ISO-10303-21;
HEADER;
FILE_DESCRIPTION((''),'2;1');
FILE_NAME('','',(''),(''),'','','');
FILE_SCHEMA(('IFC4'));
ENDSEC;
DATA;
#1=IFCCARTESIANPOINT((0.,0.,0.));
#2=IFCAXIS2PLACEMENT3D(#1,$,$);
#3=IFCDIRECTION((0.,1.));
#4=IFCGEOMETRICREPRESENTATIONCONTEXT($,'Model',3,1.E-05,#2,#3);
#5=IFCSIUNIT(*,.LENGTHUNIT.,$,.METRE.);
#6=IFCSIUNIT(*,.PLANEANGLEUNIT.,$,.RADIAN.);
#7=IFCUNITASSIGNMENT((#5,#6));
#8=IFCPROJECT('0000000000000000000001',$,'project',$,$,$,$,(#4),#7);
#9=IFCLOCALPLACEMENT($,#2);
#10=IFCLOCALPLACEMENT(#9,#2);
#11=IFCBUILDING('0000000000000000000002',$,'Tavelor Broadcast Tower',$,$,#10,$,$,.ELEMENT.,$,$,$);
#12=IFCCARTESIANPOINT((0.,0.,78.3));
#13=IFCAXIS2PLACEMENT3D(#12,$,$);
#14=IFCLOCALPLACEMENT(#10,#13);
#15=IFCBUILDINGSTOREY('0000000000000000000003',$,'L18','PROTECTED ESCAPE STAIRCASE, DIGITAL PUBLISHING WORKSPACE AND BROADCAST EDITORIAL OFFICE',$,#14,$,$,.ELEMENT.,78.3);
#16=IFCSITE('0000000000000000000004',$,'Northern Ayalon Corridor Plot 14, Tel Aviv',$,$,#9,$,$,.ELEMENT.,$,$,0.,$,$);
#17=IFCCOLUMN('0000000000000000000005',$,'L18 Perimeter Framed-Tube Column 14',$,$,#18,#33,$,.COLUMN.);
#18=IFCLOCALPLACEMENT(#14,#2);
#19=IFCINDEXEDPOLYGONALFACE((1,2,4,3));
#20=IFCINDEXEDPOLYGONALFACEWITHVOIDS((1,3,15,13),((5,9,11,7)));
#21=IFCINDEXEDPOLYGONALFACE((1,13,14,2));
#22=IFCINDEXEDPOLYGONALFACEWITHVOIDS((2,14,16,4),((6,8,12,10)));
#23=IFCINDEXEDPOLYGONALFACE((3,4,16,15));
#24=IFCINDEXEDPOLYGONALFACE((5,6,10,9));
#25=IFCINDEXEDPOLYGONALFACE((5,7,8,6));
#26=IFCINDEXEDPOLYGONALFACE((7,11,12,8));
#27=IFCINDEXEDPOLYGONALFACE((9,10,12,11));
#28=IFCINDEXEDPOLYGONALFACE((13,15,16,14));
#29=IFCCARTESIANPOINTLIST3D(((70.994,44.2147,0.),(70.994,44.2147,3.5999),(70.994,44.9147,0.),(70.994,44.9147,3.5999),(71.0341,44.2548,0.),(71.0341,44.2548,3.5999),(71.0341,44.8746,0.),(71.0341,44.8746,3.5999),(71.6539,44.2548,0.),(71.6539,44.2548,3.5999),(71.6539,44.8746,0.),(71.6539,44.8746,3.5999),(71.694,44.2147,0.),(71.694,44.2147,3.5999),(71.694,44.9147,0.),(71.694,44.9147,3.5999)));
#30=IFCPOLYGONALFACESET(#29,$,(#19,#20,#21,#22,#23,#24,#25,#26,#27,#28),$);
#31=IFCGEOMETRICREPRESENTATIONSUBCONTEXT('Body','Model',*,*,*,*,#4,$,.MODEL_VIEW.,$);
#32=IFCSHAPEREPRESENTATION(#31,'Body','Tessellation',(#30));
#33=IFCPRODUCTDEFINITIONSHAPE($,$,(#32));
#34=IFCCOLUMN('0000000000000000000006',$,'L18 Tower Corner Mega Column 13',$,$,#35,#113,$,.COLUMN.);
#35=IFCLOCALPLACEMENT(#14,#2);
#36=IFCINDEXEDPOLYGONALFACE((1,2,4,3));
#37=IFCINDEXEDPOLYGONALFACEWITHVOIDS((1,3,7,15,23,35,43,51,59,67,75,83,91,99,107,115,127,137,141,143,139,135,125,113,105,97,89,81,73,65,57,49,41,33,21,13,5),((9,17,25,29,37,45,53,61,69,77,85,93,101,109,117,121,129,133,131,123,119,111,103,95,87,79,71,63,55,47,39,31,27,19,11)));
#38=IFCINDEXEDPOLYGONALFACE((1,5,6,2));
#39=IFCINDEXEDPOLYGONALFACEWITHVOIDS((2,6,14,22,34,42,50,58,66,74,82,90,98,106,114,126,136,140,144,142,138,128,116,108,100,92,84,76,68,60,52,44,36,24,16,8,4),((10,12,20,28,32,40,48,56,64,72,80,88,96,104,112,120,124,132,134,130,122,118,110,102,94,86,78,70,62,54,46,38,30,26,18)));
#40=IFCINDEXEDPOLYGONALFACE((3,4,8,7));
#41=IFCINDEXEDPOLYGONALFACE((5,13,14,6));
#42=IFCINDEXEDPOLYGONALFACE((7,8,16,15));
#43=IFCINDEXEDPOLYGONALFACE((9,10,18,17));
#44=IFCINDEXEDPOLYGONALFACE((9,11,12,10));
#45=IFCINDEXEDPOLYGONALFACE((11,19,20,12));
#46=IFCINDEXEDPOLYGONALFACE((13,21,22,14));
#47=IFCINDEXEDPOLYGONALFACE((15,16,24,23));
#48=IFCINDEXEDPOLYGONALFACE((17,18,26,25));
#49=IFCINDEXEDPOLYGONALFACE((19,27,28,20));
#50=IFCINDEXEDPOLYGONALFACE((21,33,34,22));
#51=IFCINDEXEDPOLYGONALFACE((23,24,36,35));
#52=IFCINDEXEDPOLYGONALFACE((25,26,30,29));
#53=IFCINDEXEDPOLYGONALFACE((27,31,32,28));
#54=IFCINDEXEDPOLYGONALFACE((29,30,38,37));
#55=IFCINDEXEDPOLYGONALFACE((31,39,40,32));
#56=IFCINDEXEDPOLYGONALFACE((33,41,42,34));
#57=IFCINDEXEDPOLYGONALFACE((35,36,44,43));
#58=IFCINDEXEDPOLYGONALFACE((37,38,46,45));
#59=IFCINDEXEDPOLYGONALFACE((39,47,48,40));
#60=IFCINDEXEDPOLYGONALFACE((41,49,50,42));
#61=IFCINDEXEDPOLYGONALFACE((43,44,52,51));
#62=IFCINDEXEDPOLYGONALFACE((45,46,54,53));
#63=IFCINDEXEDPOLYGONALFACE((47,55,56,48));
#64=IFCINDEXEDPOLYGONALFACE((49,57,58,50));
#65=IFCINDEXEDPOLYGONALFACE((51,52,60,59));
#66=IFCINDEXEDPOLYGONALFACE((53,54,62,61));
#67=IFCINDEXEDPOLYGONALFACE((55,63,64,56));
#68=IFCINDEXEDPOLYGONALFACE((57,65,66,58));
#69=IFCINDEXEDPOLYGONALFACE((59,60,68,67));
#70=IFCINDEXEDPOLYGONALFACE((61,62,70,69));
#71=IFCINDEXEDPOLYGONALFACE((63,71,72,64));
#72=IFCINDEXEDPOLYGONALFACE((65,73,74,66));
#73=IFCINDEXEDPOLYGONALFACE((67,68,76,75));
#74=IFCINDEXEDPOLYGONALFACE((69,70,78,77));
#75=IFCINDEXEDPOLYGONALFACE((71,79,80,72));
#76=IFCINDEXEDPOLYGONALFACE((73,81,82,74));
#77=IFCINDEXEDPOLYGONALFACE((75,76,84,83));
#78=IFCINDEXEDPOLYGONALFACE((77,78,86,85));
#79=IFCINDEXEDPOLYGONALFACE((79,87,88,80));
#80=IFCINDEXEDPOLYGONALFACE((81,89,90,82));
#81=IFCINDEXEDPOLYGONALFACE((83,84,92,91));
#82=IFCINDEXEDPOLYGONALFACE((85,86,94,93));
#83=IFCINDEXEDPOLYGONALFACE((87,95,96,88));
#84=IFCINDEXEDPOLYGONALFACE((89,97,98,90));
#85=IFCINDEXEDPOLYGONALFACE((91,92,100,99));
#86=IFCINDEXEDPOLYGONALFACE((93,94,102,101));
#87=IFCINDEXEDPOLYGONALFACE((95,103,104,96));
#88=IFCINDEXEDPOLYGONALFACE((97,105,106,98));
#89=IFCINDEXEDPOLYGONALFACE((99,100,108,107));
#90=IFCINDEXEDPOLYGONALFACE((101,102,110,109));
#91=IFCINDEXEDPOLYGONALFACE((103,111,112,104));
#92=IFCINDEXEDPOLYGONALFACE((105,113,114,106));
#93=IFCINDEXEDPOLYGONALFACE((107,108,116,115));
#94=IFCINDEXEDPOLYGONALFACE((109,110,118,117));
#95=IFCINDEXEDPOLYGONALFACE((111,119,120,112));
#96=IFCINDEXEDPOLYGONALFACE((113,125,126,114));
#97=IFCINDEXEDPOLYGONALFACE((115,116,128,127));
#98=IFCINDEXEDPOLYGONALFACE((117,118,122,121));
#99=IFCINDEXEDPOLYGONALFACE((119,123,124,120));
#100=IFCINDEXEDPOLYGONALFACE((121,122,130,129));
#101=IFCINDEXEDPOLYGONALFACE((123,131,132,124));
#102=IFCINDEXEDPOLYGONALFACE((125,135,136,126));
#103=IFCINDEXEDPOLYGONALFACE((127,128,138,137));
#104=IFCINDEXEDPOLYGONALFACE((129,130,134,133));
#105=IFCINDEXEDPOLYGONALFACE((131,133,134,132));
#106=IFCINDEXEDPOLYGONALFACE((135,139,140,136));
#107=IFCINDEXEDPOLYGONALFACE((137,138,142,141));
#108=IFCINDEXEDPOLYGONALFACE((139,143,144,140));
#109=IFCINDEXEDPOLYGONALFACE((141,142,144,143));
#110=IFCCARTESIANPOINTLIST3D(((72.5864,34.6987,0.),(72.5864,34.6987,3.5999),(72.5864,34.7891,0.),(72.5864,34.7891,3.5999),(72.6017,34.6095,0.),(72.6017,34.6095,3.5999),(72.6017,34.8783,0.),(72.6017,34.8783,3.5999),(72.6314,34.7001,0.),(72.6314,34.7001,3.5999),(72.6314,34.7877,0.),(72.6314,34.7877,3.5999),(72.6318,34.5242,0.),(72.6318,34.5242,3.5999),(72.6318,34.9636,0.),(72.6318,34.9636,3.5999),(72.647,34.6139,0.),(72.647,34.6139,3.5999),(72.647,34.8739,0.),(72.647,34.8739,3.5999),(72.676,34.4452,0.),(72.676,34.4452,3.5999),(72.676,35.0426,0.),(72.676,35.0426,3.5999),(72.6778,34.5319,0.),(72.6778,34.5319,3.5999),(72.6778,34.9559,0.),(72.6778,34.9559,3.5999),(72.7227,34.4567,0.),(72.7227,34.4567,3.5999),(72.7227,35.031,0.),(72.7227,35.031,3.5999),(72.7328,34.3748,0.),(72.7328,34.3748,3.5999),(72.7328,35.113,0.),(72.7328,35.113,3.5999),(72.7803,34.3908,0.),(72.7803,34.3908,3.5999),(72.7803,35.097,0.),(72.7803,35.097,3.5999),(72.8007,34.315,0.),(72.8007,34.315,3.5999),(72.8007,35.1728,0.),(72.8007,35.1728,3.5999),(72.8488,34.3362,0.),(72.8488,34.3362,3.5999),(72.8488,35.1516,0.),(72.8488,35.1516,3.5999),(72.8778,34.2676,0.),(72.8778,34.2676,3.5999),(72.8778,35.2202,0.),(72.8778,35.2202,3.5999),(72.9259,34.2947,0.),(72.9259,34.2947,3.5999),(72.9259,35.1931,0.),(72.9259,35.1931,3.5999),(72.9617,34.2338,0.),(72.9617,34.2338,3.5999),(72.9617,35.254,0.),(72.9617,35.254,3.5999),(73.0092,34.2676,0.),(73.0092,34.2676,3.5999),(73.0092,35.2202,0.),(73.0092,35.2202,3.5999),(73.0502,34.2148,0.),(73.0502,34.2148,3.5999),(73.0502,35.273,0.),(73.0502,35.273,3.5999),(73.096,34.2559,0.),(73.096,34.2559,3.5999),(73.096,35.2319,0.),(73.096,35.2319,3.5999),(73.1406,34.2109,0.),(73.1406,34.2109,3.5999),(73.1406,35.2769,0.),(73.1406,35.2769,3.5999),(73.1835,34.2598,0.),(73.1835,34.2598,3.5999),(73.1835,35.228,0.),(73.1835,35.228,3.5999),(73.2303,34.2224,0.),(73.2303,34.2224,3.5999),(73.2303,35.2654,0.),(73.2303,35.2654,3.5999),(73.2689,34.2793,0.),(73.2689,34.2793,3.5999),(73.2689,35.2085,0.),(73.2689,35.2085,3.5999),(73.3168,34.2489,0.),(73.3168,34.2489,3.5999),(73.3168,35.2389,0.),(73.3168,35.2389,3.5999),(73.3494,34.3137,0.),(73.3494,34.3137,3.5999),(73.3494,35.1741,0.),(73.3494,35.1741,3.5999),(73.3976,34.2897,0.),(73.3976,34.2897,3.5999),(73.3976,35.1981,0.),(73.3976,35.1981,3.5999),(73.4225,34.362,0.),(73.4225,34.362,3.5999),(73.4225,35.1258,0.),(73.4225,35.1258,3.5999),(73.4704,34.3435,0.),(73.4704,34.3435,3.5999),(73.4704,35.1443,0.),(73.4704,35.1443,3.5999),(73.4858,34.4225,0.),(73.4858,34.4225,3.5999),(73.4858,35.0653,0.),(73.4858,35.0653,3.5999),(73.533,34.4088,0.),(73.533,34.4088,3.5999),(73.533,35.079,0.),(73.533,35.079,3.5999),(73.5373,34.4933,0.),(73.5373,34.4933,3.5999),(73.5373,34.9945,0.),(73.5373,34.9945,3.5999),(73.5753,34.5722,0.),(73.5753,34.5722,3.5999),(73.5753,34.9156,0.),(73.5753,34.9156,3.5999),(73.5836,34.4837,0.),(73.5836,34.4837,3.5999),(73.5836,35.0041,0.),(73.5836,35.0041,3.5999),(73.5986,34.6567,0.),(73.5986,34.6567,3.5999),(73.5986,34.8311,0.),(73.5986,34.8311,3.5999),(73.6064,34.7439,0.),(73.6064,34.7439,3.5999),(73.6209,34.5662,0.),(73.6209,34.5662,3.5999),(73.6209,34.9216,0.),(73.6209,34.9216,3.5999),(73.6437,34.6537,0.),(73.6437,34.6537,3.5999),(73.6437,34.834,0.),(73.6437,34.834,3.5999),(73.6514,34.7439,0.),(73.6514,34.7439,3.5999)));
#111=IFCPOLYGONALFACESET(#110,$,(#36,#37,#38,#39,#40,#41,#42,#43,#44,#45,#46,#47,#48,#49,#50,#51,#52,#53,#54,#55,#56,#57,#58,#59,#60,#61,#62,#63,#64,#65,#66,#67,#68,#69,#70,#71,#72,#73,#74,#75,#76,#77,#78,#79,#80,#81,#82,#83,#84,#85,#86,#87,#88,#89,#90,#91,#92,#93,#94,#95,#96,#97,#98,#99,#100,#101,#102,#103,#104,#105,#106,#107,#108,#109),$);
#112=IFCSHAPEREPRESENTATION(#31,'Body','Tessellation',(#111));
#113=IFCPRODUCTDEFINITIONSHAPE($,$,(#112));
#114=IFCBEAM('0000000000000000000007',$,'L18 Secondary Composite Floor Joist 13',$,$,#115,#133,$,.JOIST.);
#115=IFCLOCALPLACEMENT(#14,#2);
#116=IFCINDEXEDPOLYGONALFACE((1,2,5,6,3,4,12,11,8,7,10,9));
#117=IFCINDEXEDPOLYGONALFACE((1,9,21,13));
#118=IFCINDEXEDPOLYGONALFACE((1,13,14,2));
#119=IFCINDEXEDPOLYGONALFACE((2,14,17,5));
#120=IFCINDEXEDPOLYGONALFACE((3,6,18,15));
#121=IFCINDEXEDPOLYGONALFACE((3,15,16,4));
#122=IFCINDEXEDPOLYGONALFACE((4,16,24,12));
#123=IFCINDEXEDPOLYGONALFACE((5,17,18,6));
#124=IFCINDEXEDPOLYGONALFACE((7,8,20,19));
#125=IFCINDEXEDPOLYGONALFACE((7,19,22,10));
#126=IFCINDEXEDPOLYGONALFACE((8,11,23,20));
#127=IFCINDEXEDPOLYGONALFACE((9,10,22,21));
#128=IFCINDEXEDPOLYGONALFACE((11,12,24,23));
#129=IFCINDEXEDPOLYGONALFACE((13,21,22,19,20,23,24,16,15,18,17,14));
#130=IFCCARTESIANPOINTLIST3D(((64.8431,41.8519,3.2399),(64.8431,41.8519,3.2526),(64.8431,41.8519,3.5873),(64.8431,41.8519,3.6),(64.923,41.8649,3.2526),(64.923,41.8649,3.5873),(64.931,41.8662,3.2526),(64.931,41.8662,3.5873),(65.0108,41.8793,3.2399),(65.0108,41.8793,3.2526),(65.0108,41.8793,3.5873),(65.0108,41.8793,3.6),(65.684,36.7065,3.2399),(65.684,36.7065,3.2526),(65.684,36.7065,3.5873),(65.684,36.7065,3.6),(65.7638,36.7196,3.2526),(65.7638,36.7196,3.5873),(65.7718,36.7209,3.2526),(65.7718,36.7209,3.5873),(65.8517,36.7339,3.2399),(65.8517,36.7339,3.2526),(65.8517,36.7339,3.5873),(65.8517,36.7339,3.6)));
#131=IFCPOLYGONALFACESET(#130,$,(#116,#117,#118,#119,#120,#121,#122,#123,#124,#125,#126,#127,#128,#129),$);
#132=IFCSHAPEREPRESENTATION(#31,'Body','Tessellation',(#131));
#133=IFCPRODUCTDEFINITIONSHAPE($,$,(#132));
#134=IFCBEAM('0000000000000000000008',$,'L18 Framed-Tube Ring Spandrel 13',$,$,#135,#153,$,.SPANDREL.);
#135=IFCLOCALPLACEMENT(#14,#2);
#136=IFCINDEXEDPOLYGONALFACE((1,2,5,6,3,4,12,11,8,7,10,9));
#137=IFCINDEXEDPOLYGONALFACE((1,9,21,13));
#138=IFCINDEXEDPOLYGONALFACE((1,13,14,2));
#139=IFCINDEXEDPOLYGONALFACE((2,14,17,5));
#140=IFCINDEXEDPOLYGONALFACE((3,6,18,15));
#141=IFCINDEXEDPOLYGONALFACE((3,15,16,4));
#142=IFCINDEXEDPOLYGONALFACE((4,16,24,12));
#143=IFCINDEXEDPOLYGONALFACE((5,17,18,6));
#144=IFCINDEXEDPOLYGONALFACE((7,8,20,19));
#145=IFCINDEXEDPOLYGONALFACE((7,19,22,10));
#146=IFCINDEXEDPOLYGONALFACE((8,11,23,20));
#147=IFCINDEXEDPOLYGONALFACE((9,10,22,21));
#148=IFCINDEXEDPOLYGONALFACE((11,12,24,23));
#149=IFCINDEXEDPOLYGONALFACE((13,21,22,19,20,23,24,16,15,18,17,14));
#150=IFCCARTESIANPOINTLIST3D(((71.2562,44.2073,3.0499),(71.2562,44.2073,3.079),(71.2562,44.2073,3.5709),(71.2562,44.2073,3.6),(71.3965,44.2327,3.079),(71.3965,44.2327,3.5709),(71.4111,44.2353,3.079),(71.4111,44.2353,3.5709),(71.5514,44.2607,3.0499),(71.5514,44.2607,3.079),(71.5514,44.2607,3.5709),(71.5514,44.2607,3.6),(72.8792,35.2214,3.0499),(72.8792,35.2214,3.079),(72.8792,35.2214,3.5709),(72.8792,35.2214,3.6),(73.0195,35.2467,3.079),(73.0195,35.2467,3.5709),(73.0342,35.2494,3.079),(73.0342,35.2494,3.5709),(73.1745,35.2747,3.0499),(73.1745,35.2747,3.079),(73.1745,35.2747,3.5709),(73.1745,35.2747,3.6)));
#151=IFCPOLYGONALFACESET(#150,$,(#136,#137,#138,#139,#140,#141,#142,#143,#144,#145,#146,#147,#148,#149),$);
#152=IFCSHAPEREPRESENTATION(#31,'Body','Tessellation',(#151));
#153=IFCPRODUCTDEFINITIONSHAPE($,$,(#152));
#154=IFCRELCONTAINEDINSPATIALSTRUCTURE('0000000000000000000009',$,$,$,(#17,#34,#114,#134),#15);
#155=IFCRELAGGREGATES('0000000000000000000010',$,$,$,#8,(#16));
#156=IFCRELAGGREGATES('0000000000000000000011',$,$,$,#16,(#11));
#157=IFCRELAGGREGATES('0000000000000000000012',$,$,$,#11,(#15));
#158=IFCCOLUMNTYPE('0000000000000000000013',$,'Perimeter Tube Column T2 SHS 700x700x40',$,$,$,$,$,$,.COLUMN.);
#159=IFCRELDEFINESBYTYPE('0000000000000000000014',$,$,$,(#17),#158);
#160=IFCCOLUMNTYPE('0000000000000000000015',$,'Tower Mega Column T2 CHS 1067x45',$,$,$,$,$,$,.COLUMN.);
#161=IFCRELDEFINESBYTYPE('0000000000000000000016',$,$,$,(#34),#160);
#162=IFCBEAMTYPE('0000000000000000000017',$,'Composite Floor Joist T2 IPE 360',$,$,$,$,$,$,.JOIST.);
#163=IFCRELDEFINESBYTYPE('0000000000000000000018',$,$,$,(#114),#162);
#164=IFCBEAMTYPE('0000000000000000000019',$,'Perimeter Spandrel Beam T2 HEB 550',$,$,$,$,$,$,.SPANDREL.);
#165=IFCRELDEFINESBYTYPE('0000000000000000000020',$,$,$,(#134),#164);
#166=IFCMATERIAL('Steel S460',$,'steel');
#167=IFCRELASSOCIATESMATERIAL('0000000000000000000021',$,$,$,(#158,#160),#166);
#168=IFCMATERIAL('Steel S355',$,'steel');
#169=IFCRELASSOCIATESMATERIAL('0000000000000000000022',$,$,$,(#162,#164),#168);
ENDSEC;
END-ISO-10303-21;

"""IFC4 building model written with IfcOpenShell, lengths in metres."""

from ifc_helpers import new_model, si_unit, direction, frame, origin, origin_2d, place, context, subcontext, project, spatial, hollow_rectangle, hollow_circle, i_section, extrude, material, material_profile, profile_set, type_object, element, save


model = new_model("IFC4")

# Units and contexts
model_context = context("Model", 3, precision=1e-05, world=origin(), true_north=direction((0.0, 1.0)))
body_context = subcontext(model_context, "Body", "Model", "MODEL_VIEW")
ifc_project = project(units=[si_unit("LENGTHUNIT", "METRE"), si_unit("PLANEANGLEUNIT", "RADIAN")], contexts=[model_context])

# Site, building, storey
site_placement = place(None, origin())
site = spatial("IfcSite", under=ifc_project, at=site_placement, Name="Northern Ayalon Corridor Plot 14, Tel Aviv", CompositionType="ELEMENT", RefElevation=0.0)
building_placement = place(site_placement, origin())
building = spatial("IfcBuilding", under=site, at=building_placement, Name="Tavelor Broadcast Tower", CompositionType="ELEMENT")
storey_placement = place(building_placement, frame((0.0, 0.0, 78.3)))
storey = spatial("IfcBuildingStorey", under=building, at=storey_placement, Name="L18", Description="PROTECTED ESCAPE STAIRCASE, DIGITAL PUBLISHING WORKSPACE AND BROADCAST EDITORIAL OFFICE", CompositionType="ELEMENT", Elevation=78.3)

# Columns
ifc_material_1 = material(Name="Steel S460", Category="steel")
ifc_material_profile_1 = material_profile(ifc_material_1, hollow_rectangle(XDim=0.7, YDim=0.7, WallThickness=0.04, at=origin_2d()), Name="SHS 700x700x40")
ifc_profile_set_1 = profile_set([ifc_material_profile_1], Name="Steel S460")
column_type_1 = type_object("IfcColumnType", Name="Perimeter Tube Column T2 SHS 700x700x40", PredefinedType="COLUMN", material=ifc_profile_set_1)
column_1_placement = place(storey_placement, frame((71.344, 44.5647, 0.0), z_axis=(0.0, 0.0, 1.0), x_axis=(1.0, 0.0, 0.0)))
element("IfcColumn", 1, at=column_1_placement, inside=storey, type_object=column_type_1, Name="L18 Perimeter Framed-Tube Column 14", PredefinedType="COLUMN", context=body_context, shape_type="SweptSolid", body=[
    extrude(hollow_rectangle(XDim=0.7, YDim=0.7, WallThickness=0.04, at=origin_2d()), origin(), (0.0, 0.0, 1.0), 3.5999),
])
ifc_material_profile_2 = material_profile(ifc_material_1, hollow_circle(Radius=0.5334, WallThickness=0.0449, at=origin_2d()), Name="CHS 1067x45")
ifc_profile_set_2 = profile_set([ifc_material_profile_2], Name="Steel S460")
column_type_2 = type_object("IfcColumnType", Name="Tower Mega Column T2 CHS 1067x45", PredefinedType="COLUMN", material=ifc_profile_set_2)
column_2_placement = place(storey_placement, frame((73.1179, 34.7439, 0.0), z_axis=(0.0, 0.0, 1.0), x_axis=(1.0, 0.0, 0.0)))
element("IfcColumn", 2, at=column_2_placement, inside=storey, type_object=column_type_2, Name="L18 Tower Corner Mega Column 13", PredefinedType="COLUMN", context=body_context, shape_type="SweptSolid", body=[
    extrude(hollow_circle(Radius=0.5334, WallThickness=0.0449, at=origin_2d()), origin(), (0.0, 0.0, 1.0), 3.5999),
])

# Beams
ifc_material_2 = material(Name="Steel S355", Category="steel")
ifc_material_profile_3 = material_profile(ifc_material_2, i_section(OverallWidth=0.1699, OverallDepth=0.3601, WebThickness=0.0081, FlangeThickness=0.0127, at=origin_2d()), Name="IPE 360")
ifc_profile_set_3 = profile_set([ifc_material_profile_3], Name="Steel S355")
beam_type_1 = type_object("IfcBeamType", Name="Composite Floor Joist T2 IPE 360", PredefinedType="JOIST", material=ifc_profile_set_3)
beam_1_placement = place(storey_placement, frame((65.7678, 36.7202, 3.4199), z_axis=(-0.161277, 0.986909, 0.0), x_axis=(-0.986909, -0.161277, 0.0)))
element("IfcBeam", 3, at=beam_1_placement, inside=storey, type_object=beam_type_1, Name="L18 Secondary Composite Floor Joist 13", PredefinedType="JOIST", context=body_context, shape_type="SweptSolid", body=[
    extrude(i_section(OverallWidth=0.1699, OverallDepth=0.3601, WebThickness=0.0081, FlangeThickness=0.0127, at=origin_2d()), origin(), (0.0, 0.0, 1.0), 5.2136),
])
ifc_material_profile_4 = material_profile(ifc_material_2, i_section(OverallWidth=0.3, OverallDepth=0.55, WebThickness=0.0149, FlangeThickness=0.0291, at=origin_2d()), Name="HEB 550")
ifc_profile_set_4 = profile_set([ifc_material_profile_4], Name="Steel S355")
beam_type_2 = type_object("IfcBeamType", Name="Perimeter Spandrel Beam T2 HEB 550", PredefinedType="SPANDREL", material=ifc_profile_set_4)
beam_2_placement = place(storey_placement, frame((73.0269, 35.248, 3.325), z_axis=(-0.177747, 0.984076, 0.0), x_axis=(-0.984076, -0.177747, 0.0)))
element("IfcBeam", 4, at=beam_2_placement, inside=storey, type_object=beam_type_2, Name="L18 Framed-Tube Ring Spandrel 13", PredefinedType="SPANDREL", context=body_context, shape_type="SweptSolid", body=[
    extrude(i_section(OverallWidth=0.3, OverallDepth=0.55, WebThickness=0.0149, FlangeThickness=0.0291, at=origin_2d()), origin(), (0.0, 0.0, 1.0), 9.1313),
])

save(model, "model.ifc")
